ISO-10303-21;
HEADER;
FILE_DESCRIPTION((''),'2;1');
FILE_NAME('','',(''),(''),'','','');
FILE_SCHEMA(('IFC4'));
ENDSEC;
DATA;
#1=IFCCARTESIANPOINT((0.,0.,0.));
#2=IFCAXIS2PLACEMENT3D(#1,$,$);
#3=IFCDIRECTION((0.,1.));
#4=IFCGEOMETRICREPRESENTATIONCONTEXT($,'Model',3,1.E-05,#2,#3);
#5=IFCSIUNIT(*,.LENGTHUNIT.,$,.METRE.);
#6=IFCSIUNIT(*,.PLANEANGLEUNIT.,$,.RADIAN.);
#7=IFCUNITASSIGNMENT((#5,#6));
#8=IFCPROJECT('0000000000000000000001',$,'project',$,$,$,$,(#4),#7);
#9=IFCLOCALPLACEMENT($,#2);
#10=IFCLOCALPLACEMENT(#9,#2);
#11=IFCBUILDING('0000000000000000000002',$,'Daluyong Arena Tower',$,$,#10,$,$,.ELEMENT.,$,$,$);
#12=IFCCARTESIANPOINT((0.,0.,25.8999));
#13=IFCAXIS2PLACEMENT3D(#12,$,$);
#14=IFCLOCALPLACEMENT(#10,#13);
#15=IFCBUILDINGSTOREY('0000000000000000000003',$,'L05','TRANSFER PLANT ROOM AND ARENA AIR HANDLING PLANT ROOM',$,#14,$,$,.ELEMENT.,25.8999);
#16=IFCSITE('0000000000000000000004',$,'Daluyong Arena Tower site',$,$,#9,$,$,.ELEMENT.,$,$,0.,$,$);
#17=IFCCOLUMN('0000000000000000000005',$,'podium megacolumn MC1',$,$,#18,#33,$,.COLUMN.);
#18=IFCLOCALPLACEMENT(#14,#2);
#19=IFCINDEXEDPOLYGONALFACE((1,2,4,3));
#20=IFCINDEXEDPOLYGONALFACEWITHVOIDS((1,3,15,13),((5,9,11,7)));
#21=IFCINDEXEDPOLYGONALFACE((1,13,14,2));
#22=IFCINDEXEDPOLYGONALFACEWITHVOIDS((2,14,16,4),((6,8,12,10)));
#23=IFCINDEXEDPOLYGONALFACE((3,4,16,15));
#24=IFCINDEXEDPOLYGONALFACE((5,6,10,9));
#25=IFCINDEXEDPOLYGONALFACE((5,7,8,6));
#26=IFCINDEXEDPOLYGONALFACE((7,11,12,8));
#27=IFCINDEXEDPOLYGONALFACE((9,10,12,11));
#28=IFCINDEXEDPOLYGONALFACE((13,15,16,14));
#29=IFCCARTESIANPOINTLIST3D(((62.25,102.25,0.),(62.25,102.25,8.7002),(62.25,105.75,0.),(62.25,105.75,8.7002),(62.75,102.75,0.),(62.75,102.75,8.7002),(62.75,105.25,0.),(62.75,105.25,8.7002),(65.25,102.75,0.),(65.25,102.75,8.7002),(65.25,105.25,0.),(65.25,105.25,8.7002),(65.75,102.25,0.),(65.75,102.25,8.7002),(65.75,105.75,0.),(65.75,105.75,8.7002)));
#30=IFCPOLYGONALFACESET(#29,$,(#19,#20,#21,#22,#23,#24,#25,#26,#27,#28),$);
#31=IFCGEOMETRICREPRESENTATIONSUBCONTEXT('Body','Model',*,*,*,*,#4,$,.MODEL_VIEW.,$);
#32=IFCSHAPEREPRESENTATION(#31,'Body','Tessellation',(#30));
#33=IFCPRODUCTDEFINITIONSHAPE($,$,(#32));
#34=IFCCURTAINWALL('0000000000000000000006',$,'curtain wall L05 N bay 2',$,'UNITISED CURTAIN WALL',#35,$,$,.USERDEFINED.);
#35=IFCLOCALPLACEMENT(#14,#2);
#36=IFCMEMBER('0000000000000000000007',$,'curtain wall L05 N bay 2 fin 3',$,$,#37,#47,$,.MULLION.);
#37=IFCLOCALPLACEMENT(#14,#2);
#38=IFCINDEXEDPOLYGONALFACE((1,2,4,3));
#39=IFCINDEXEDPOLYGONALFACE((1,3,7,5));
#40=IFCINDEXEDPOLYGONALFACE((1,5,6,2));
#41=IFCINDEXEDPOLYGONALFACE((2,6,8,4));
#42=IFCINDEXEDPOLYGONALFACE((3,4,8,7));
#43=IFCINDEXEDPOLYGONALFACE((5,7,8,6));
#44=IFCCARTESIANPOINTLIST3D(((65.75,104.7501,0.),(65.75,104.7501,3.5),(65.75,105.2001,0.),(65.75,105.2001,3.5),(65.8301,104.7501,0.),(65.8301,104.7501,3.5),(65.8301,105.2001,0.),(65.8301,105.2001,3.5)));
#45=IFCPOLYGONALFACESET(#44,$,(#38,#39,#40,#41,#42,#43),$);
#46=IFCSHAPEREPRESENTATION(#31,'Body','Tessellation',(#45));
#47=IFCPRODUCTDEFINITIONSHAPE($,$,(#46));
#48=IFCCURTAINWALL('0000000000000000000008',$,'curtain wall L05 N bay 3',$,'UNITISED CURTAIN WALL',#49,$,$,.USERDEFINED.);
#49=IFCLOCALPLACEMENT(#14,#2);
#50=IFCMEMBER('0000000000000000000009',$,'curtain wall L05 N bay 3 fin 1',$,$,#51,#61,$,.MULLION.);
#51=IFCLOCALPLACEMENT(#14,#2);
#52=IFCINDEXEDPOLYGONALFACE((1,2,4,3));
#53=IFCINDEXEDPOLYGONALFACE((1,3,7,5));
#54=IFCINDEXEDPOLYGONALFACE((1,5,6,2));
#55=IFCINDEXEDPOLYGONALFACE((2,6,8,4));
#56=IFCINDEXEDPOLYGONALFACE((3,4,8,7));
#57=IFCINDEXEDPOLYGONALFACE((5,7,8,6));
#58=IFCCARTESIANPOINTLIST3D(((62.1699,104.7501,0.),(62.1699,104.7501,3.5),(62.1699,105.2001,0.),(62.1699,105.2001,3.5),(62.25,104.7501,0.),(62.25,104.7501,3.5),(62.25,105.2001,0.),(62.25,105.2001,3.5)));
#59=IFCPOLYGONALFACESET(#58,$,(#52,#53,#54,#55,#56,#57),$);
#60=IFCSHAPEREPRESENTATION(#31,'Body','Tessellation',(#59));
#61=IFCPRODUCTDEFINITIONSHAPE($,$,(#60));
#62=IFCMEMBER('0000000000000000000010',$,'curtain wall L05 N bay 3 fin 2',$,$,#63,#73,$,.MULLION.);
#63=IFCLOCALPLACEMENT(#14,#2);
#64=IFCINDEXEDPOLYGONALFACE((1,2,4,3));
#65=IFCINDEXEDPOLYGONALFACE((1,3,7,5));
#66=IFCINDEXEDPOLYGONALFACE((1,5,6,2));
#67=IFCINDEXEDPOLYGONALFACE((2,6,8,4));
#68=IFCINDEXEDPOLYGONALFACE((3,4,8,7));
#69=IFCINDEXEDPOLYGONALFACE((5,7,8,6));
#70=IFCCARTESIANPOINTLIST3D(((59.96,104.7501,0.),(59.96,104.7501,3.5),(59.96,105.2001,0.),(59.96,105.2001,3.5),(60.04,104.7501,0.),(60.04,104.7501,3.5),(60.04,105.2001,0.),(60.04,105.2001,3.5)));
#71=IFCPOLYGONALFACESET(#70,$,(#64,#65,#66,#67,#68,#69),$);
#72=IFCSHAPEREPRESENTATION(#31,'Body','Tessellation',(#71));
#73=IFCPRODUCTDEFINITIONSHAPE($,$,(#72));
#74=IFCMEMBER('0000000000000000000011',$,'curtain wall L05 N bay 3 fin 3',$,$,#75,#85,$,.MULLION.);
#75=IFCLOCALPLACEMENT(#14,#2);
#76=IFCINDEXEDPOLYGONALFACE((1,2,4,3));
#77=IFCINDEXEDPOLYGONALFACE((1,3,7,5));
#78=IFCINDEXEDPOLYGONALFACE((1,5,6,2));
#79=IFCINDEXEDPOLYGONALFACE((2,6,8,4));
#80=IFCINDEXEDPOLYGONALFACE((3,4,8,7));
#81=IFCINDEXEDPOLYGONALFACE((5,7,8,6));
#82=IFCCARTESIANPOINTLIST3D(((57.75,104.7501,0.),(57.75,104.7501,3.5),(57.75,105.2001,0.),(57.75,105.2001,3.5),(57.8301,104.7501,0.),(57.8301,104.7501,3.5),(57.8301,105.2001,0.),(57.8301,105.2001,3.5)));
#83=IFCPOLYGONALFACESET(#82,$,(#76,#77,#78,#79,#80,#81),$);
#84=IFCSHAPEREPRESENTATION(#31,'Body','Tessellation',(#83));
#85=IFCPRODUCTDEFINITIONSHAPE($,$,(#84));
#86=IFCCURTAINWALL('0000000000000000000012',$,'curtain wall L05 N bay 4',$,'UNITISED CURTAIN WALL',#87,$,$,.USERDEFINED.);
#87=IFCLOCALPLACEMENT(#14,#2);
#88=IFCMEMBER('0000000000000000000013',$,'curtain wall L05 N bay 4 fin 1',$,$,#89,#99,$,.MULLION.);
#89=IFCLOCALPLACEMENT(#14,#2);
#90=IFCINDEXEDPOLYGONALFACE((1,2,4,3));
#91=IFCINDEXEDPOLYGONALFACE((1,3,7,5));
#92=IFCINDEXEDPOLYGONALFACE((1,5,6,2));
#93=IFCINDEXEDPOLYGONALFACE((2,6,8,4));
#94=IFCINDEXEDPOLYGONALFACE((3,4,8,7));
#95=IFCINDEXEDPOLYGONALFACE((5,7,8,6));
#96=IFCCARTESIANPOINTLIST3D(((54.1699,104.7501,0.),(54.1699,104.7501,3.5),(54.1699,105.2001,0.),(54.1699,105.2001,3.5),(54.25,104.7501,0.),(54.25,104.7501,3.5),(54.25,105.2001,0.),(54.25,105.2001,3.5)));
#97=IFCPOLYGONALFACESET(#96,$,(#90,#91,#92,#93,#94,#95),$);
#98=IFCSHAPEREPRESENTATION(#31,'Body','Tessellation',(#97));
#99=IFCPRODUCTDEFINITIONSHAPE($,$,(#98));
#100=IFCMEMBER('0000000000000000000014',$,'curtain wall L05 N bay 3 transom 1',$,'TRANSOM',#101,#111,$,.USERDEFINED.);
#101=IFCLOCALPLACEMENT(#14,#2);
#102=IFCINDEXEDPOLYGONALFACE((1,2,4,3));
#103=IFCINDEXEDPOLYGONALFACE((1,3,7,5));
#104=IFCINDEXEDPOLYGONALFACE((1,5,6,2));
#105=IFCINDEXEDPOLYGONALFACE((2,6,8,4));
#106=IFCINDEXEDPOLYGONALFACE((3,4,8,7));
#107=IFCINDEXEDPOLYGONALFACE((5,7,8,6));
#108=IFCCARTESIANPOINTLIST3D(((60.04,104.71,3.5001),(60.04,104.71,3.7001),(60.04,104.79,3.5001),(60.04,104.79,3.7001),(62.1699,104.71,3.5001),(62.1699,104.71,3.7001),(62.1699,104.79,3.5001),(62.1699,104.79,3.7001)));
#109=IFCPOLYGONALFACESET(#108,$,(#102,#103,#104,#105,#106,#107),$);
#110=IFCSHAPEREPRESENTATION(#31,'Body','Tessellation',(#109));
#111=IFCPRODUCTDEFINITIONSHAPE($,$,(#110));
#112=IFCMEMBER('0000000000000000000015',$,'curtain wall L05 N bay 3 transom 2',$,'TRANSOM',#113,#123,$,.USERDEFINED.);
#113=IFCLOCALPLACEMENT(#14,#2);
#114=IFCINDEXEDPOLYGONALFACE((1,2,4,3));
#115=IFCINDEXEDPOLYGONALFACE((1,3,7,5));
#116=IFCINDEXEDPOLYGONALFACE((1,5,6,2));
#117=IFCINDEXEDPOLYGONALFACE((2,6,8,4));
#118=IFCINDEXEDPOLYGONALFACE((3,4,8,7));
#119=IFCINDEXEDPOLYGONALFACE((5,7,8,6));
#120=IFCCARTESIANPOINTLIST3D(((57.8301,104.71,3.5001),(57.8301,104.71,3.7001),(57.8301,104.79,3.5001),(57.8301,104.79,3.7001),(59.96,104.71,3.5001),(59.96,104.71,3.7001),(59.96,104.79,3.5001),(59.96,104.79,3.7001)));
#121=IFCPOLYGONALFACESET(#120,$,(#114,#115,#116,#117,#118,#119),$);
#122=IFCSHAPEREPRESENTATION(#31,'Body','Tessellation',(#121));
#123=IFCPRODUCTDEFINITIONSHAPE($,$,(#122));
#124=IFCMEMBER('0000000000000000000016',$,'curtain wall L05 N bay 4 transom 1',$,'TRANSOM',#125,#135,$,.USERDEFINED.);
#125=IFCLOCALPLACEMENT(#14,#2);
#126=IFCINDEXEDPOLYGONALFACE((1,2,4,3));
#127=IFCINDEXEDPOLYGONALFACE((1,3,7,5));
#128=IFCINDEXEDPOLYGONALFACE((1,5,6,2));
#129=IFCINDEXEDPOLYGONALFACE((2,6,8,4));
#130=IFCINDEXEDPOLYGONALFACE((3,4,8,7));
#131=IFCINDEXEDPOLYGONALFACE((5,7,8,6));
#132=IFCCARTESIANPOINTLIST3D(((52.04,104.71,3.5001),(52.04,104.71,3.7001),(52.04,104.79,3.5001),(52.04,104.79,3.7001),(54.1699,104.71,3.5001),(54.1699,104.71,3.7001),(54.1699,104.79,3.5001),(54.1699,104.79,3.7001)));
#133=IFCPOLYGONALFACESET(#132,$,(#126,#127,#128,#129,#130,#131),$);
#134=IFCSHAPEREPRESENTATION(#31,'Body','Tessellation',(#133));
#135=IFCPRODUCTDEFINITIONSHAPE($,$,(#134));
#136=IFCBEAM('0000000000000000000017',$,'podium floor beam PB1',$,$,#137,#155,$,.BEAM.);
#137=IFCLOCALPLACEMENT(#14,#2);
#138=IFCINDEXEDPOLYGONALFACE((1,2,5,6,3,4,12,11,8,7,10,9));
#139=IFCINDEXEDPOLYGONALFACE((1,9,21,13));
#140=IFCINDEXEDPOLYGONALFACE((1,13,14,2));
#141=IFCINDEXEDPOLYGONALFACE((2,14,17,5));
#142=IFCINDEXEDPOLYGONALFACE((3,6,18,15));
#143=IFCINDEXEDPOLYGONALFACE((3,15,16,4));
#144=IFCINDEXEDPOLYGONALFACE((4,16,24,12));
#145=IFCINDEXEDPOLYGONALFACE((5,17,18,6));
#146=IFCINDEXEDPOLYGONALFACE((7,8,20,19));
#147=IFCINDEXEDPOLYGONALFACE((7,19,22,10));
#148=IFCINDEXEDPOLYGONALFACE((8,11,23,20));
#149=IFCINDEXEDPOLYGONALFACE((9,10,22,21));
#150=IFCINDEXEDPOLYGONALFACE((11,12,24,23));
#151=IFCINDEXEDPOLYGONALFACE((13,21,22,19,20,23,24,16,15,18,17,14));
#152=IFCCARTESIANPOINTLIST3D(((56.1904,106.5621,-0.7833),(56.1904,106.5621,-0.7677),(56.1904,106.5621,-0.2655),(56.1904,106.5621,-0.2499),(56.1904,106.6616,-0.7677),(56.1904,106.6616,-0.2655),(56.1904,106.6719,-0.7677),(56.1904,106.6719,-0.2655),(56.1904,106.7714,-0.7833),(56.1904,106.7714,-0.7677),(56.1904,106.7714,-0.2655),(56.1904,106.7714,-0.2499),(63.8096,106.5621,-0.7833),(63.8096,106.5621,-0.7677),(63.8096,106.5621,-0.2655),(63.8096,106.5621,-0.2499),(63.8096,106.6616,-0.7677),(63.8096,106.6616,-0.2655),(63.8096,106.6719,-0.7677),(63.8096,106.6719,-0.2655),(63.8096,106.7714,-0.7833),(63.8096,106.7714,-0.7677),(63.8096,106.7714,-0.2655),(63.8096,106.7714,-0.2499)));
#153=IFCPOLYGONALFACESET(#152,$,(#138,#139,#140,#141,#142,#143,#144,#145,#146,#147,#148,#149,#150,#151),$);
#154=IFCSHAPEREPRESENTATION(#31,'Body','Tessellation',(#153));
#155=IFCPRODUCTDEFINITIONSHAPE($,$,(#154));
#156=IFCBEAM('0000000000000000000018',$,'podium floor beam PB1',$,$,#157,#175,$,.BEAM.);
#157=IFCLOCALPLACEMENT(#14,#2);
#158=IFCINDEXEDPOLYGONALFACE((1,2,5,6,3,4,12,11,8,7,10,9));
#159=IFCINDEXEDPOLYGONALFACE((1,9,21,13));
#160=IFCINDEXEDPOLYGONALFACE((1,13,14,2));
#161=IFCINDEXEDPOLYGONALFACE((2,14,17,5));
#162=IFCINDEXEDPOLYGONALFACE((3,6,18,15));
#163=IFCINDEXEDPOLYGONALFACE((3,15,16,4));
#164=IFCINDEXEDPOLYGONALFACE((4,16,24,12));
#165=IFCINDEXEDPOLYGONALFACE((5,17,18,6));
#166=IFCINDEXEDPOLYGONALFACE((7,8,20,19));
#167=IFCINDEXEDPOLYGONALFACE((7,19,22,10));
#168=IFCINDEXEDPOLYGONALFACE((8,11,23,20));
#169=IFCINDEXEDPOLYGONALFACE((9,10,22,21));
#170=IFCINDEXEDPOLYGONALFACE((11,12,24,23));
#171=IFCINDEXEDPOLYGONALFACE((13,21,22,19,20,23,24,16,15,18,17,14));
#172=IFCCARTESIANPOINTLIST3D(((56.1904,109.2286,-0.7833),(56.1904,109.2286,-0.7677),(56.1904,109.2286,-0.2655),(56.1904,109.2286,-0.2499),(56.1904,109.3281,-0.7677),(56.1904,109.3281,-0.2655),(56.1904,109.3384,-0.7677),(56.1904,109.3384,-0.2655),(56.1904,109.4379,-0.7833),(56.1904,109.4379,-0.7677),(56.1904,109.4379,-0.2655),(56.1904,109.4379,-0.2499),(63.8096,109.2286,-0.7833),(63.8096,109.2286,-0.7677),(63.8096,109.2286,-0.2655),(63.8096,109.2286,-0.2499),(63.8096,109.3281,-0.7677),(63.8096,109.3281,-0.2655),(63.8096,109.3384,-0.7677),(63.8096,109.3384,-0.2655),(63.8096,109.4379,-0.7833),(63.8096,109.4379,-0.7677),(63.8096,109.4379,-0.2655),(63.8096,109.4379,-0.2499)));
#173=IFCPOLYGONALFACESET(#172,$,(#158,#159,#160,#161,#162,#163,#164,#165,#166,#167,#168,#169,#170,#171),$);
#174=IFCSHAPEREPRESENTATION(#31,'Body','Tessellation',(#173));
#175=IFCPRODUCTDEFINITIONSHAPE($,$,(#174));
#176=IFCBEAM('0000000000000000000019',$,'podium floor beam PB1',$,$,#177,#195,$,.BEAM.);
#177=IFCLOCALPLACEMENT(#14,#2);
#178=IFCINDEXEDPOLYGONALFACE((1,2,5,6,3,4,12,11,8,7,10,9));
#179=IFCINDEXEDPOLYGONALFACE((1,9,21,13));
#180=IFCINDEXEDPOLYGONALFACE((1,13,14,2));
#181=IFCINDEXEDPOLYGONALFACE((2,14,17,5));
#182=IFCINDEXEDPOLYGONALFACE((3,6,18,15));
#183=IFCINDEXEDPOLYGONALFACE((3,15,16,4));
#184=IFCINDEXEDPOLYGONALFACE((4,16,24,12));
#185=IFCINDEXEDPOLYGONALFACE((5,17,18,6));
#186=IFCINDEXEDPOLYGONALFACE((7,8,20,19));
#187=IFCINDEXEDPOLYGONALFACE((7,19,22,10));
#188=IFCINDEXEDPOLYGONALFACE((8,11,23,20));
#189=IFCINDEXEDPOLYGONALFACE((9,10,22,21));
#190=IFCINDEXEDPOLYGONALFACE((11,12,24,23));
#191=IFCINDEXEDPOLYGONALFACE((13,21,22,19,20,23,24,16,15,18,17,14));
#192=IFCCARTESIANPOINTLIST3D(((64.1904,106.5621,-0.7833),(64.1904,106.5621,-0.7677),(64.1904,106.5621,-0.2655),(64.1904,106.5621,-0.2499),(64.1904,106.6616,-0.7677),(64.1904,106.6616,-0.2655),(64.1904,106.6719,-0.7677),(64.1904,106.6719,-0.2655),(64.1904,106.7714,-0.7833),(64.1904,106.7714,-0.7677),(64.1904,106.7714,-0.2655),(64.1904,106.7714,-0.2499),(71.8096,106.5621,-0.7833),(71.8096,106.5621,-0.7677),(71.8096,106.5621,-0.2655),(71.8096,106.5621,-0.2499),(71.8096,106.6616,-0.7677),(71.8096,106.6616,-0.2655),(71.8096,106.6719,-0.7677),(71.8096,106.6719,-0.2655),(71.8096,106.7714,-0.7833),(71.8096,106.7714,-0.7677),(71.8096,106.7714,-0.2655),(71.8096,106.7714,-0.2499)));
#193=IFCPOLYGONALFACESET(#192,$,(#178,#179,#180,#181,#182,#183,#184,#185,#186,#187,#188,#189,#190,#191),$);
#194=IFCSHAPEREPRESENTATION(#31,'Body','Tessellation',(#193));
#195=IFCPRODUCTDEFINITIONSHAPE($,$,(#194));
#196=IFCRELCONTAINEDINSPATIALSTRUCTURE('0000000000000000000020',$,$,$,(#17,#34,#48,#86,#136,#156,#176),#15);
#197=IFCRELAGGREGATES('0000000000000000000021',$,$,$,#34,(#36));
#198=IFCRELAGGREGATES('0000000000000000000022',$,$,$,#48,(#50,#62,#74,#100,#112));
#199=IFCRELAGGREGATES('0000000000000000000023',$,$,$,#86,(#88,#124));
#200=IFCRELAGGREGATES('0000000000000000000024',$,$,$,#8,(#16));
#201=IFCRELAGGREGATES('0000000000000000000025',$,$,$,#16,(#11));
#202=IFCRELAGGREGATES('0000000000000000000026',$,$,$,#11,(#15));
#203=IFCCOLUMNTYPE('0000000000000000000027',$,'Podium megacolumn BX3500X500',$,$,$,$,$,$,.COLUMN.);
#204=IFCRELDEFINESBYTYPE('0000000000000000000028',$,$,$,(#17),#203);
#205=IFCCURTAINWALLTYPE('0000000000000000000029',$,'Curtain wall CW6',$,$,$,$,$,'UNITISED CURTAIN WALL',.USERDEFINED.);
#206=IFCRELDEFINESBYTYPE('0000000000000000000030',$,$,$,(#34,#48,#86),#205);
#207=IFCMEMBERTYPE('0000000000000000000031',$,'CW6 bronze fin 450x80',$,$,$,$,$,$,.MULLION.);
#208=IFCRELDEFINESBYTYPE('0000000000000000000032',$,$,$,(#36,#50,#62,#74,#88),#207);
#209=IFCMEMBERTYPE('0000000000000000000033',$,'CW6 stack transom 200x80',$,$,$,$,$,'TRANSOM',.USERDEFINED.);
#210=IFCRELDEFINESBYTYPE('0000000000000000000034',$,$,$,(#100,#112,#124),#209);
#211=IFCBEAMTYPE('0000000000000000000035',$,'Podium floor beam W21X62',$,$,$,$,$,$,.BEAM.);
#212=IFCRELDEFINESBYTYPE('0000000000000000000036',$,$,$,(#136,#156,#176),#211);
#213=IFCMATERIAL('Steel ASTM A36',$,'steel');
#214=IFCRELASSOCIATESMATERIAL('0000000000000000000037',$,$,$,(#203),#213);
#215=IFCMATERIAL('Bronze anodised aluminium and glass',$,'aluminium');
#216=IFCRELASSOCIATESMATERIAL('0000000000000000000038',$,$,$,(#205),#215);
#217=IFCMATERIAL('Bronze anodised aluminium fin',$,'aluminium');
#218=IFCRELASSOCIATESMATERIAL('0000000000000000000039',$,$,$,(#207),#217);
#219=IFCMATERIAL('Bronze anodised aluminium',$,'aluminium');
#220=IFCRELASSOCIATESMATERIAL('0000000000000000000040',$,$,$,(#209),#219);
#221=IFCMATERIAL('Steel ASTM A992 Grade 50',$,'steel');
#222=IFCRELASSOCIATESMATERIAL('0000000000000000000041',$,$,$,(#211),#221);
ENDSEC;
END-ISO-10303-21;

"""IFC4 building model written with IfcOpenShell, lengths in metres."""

from ifc_helpers import new_model, si_unit, direction, frame, origin, origin_2d, place, context, subcontext, project, spatial, rectangle, hollow_rectangle, i_section, extrude, material, material_profile, profile_set, type_object, element, aggregate, save


model = new_model("IFC4")

# Units and contexts
model_context = context("Model", 3, precision=1e-05, world=origin(), true_north=direction((0.0, 1.0)))
body_context = subcontext(model_context, "Body", "Model", "MODEL_VIEW")
ifc_project = project(units=[si_unit("LENGTHUNIT", "METRE"), si_unit("PLANEANGLEUNIT", "RADIAN")], contexts=[model_context])

# Site, building, storey
site_placement = place(None, origin())
site = spatial("IfcSite", under=ifc_project, at=site_placement, Name="Daluyong Arena Tower site", CompositionType="ELEMENT", RefElevation=0.0)
building_placement = place(site_placement, origin())
building = spatial("IfcBuilding", under=site, at=building_placement, Name="Daluyong Arena Tower", CompositionType="ELEMENT")
storey_placement = place(building_placement, frame((0.0, 0.0, 25.8999)))
storey = spatial("IfcBuildingStorey", under=building, at=storey_placement, Name="L05", Description="TRANSFER PLANT ROOM AND ARENA AIR HANDLING PLANT ROOM", CompositionType="ELEMENT", Elevation=25.8999)

# Column
ifc_material_1 = material(Name="Steel ASTM A36", Category="steel")
ifc_material_profile_1 = material_profile(ifc_material_1, hollow_rectangle(XDim=3.5, YDim=3.5, WallThickness=0.5, at=origin_2d()))
ifc_profile_set_1 = profile_set([ifc_material_profile_1], Name="Steel ASTM A36")
column_type = type_object("IfcColumnType", Name="Podium megacolumn BX3500X500", PredefinedType="COLUMN", material=ifc_profile_set_1)
column_placement = place(storey_placement, frame((64.0, 104.0, 0.0), z_axis=(0.0, 0.0, 1.0), x_axis=(1.0, 0.0, 0.0)))
element("IfcColumn", 1, at=column_placement, inside=storey, type_object=column_type, Name="podium megacolumn MC1", PredefinedType="COLUMN", context=body_context, shape_type="SweptSolid", body=[
    extrude(hollow_rectangle(XDim=3.5, YDim=3.5, WallThickness=0.5, at=origin_2d()), origin(), (0.0, 0.0, 1.0), 8.7002),
])

# Curtain wall, member
ifc_material_2 = material(Name="Bronze anodised aluminium and glass", Category="aluminium")
curtain_wall_type = type_object("IfcCurtainWallType", Name="Curtain wall CW6", ElementType="UNITISED CURTAIN WALL", PredefinedType="USERDEFINED", material=ifc_material_2)
curtain_wall_1_placement = place(storey_placement, origin())
curtain_wall_1 = element("IfcCurtainWall", 2, at=curtain_wall_1_placement, inside=storey, type_object=curtain_wall_type, Name="curtain wall L05 N bay 2", ObjectType="UNITISED CURTAIN WALL", PredefinedType="USERDEFINED")
ifc_material_3 = material(Name="Bronze anodised aluminium fin", Category="aluminium")
ifc_material_profile_2 = material_profile(ifc_material_3, rectangle(XDim=0.45, YDim=0.0801, at=origin_2d()))
ifc_profile_set_2 = profile_set([ifc_material_profile_2], Name="Bronze anodised aluminium fin")
member_type_1 = type_object("IfcMemberType", Name="CW6 bronze fin 450x80", PredefinedType="MULLION", material=ifc_profile_set_2)
member_1_placement = place(storey_placement, frame((65.79, 104.9751, 0.0), z_axis=(0.0, 0.0, 1.0), x_axis=(0.0, -1.0, 0.0)))
member_1 = element("IfcMember", 3, at=member_1_placement, type_object=member_type_1, Name="curtain wall L05 N bay 2 fin 3", PredefinedType="MULLION", context=body_context, shape_type="SweptSolid", body=[
    extrude(rectangle(XDim=0.45, YDim=0.0801, at=origin_2d()), origin(), (0.0, 0.0, 1.0), 3.5),
])

# Curtain wall, members
curtain_wall_2_placement = place(storey_placement, origin())
curtain_wall_2 = element("IfcCurtainWall", 4, at=curtain_wall_2_placement, inside=storey, type_object=curtain_wall_type, Name="curtain wall L05 N bay 3", ObjectType="UNITISED CURTAIN WALL", PredefinedType="USERDEFINED")
member_2_placement = place(storey_placement, frame((62.21, 104.9751, 0.0), z_axis=(0.0, 0.0, 1.0), x_axis=(0.0, -1.0, 0.0)))
member_2 = element("IfcMember", 5, at=member_2_placement, type_object=member_type_1, Name="curtain wall L05 N bay 3 fin 1", PredefinedType="MULLION", context=body_context, shape_type="SweptSolid", body=[
    extrude(rectangle(XDim=0.45, YDim=0.0801, at=origin_2d()), origin(), (0.0, 0.0, 1.0), 3.5),
])
member_3_placement = place(storey_placement, frame((60.0, 104.9751, 0.0), z_axis=(0.0, 0.0, 1.0), x_axis=(0.0, -1.0, 0.0)))
member_3 = element("IfcMember", 6, at=member_3_placement, type_object=member_type_1, Name="curtain wall L05 N bay 3 fin 2", PredefinedType="MULLION", context=body_context, shape_type="SweptSolid", body=[
    extrude(rectangle(XDim=0.45, YDim=0.0801, at=origin_2d()), origin(), (0.0, 0.0, 1.0), 3.5),
])
member_4_placement = place(storey_placement, frame((57.79, 104.9751, 0.0), z_axis=(0.0, 0.0, 1.0), x_axis=(0.0, -1.0, 0.0)))
member_4 = element("IfcMember", 7, at=member_4_placement, type_object=member_type_1, Name="curtain wall L05 N bay 3 fin 3", PredefinedType="MULLION", context=body_context, shape_type="SweptSolid", body=[
    extrude(rectangle(XDim=0.45, YDim=0.0801, at=origin_2d()), origin(), (0.0, 0.0, 1.0), 3.5),
])

# Curtain wall, member
curtain_wall_3_placement = place(storey_placement, origin())
curtain_wall_3 = element("IfcCurtainWall", 8, at=curtain_wall_3_placement, inside=storey, type_object=curtain_wall_type, Name="curtain wall L05 N bay 4", ObjectType="UNITISED CURTAIN WALL", PredefinedType="USERDEFINED")
member_5_placement = place(storey_placement, frame((54.21, 104.9751, 0.0), z_axis=(0.0, 0.0, 1.0), x_axis=(0.0, -1.0, 0.0)))
member_5 = element("IfcMember", 9, at=member_5_placement, type_object=member_type_1, Name="curtain wall L05 N bay 4 fin 1", PredefinedType="MULLION", context=body_context, shape_type="SweptSolid", body=[
    extrude(rectangle(XDim=0.45, YDim=0.0801, at=origin_2d()), origin(), (0.0, 0.0, 1.0), 3.5),
])

# Members
ifc_material_4 = material(Name="Bronze anodised aluminium", Category="aluminium")
ifc_material_profile_3 = material_profile(ifc_material_4, rectangle(XDim=0.0801, YDim=0.2, at=origin_2d()))
ifc_profile_set_3 = profile_set([ifc_material_profile_3], Name="Bronze anodised aluminium")
member_type_2 = type_object("IfcMemberType", Name="CW6 stack transom 200x80", ElementType="TRANSOM", PredefinedType="USERDEFINED", material=ifc_profile_set_3)
member_6_placement = place(storey_placement, frame((62.1699, 104.75, 3.6001), z_axis=(-1.0, 0.0, 0.0), x_axis=(0.0, -1.0, 0.0)))
member_6 = element("IfcMember", 10, at=member_6_placement, type_object=member_type_2, Name="curtain wall L05 N bay 3 transom 1", ObjectType="TRANSOM", PredefinedType="USERDEFINED", context=body_context, shape_type="SweptSolid", body=[
    extrude(rectangle(XDim=0.0801, YDim=0.2, at=origin_2d()), origin(), (0.0, 0.0, 1.0), 2.1299),
])
member_7_placement = place(storey_placement, frame((59.96, 104.75, 3.6001), z_axis=(-1.0, 0.0, 0.0), x_axis=(0.0, -1.0, 0.0)))
member_7 = element("IfcMember", 11, at=member_7_placement, type_object=member_type_2, Name="curtain wall L05 N bay 3 transom 2", ObjectType="TRANSOM", PredefinedType="USERDEFINED", context=body_context, shape_type="SweptSolid", body=[
    extrude(rectangle(XDim=0.0801, YDim=0.2, at=origin_2d()), origin(), (0.0, 0.0, 1.0), 2.1299),
])
member_8_placement = place(storey_placement, frame((54.1699, 104.75, 3.6001), z_axis=(-1.0, 0.0, 0.0), x_axis=(0.0, -1.0, 0.0)))
member_8 = element("IfcMember", 12, at=member_8_placement, type_object=member_type_2, Name="curtain wall L05 N bay 4 transom 1", ObjectType="TRANSOM", PredefinedType="USERDEFINED", context=body_context, shape_type="SweptSolid", body=[
    extrude(rectangle(XDim=0.0801, YDim=0.2, at=origin_2d()), origin(), (0.0, 0.0, 1.0), 2.1299),
])

# Beams
ifc_material_5 = material(Name="Steel ASTM A992 Grade 50", Category="steel")
ifc_material_profile_4 = material_profile(ifc_material_5, i_section(OverallWidth=0.2092, OverallDepth=0.5334, WebThickness=0.0103, FlangeThickness=0.0156, at=origin_2d()))
ifc_profile_set_4 = profile_set([ifc_material_profile_4], Name="Steel ASTM A992 Grade 50")
beam_type_1 = type_object("IfcBeamType", Name="Podium floor beam W21X62", PredefinedType="BEAM", material=ifc_profile_set_4)
for number, where, z_axis, x_axis, name in (
    (13, (56.1904, 106.6667, -0.5166), (1.0, 0.0, 0.0), (0.0, 1.0, 0.0), "podium floor beam PB1"),
    (14, (56.1904, 109.3333, -0.5166), (1.0, 0.0, 0.0), (0.0, 1.0, 0.0), "podium floor beam PB1"),
    (15, (64.1904, 106.6667, -0.5166), (1.0, 0.0, 0.0), (0.0, 1.0, 0.0), "podium floor beam PB1"),
):
    element("IfcBeam", number, at=place(storey_placement, frame(where, z_axis=z_axis, x_axis=x_axis)), inside=storey, type_object=beam_type_1, Name=name, PredefinedType="BEAM", context=body_context, shape_type="SweptSolid", body=[
        extrude(i_section(OverallWidth=0.2092, OverallDepth=0.5334, WebThickness=0.0103, FlangeThickness=0.0156, at=origin_2d()), origin(), (0.0, 0.0, 1.0), 7.6191),
    ])

aggregate(curtain_wall_1, [member_1])
aggregate(curtain_wall_2, [member_2, member_3, member_4, member_6, member_7])
aggregate(curtain_wall_3, [member_5, member_8])

save(model, "model.ifc")
